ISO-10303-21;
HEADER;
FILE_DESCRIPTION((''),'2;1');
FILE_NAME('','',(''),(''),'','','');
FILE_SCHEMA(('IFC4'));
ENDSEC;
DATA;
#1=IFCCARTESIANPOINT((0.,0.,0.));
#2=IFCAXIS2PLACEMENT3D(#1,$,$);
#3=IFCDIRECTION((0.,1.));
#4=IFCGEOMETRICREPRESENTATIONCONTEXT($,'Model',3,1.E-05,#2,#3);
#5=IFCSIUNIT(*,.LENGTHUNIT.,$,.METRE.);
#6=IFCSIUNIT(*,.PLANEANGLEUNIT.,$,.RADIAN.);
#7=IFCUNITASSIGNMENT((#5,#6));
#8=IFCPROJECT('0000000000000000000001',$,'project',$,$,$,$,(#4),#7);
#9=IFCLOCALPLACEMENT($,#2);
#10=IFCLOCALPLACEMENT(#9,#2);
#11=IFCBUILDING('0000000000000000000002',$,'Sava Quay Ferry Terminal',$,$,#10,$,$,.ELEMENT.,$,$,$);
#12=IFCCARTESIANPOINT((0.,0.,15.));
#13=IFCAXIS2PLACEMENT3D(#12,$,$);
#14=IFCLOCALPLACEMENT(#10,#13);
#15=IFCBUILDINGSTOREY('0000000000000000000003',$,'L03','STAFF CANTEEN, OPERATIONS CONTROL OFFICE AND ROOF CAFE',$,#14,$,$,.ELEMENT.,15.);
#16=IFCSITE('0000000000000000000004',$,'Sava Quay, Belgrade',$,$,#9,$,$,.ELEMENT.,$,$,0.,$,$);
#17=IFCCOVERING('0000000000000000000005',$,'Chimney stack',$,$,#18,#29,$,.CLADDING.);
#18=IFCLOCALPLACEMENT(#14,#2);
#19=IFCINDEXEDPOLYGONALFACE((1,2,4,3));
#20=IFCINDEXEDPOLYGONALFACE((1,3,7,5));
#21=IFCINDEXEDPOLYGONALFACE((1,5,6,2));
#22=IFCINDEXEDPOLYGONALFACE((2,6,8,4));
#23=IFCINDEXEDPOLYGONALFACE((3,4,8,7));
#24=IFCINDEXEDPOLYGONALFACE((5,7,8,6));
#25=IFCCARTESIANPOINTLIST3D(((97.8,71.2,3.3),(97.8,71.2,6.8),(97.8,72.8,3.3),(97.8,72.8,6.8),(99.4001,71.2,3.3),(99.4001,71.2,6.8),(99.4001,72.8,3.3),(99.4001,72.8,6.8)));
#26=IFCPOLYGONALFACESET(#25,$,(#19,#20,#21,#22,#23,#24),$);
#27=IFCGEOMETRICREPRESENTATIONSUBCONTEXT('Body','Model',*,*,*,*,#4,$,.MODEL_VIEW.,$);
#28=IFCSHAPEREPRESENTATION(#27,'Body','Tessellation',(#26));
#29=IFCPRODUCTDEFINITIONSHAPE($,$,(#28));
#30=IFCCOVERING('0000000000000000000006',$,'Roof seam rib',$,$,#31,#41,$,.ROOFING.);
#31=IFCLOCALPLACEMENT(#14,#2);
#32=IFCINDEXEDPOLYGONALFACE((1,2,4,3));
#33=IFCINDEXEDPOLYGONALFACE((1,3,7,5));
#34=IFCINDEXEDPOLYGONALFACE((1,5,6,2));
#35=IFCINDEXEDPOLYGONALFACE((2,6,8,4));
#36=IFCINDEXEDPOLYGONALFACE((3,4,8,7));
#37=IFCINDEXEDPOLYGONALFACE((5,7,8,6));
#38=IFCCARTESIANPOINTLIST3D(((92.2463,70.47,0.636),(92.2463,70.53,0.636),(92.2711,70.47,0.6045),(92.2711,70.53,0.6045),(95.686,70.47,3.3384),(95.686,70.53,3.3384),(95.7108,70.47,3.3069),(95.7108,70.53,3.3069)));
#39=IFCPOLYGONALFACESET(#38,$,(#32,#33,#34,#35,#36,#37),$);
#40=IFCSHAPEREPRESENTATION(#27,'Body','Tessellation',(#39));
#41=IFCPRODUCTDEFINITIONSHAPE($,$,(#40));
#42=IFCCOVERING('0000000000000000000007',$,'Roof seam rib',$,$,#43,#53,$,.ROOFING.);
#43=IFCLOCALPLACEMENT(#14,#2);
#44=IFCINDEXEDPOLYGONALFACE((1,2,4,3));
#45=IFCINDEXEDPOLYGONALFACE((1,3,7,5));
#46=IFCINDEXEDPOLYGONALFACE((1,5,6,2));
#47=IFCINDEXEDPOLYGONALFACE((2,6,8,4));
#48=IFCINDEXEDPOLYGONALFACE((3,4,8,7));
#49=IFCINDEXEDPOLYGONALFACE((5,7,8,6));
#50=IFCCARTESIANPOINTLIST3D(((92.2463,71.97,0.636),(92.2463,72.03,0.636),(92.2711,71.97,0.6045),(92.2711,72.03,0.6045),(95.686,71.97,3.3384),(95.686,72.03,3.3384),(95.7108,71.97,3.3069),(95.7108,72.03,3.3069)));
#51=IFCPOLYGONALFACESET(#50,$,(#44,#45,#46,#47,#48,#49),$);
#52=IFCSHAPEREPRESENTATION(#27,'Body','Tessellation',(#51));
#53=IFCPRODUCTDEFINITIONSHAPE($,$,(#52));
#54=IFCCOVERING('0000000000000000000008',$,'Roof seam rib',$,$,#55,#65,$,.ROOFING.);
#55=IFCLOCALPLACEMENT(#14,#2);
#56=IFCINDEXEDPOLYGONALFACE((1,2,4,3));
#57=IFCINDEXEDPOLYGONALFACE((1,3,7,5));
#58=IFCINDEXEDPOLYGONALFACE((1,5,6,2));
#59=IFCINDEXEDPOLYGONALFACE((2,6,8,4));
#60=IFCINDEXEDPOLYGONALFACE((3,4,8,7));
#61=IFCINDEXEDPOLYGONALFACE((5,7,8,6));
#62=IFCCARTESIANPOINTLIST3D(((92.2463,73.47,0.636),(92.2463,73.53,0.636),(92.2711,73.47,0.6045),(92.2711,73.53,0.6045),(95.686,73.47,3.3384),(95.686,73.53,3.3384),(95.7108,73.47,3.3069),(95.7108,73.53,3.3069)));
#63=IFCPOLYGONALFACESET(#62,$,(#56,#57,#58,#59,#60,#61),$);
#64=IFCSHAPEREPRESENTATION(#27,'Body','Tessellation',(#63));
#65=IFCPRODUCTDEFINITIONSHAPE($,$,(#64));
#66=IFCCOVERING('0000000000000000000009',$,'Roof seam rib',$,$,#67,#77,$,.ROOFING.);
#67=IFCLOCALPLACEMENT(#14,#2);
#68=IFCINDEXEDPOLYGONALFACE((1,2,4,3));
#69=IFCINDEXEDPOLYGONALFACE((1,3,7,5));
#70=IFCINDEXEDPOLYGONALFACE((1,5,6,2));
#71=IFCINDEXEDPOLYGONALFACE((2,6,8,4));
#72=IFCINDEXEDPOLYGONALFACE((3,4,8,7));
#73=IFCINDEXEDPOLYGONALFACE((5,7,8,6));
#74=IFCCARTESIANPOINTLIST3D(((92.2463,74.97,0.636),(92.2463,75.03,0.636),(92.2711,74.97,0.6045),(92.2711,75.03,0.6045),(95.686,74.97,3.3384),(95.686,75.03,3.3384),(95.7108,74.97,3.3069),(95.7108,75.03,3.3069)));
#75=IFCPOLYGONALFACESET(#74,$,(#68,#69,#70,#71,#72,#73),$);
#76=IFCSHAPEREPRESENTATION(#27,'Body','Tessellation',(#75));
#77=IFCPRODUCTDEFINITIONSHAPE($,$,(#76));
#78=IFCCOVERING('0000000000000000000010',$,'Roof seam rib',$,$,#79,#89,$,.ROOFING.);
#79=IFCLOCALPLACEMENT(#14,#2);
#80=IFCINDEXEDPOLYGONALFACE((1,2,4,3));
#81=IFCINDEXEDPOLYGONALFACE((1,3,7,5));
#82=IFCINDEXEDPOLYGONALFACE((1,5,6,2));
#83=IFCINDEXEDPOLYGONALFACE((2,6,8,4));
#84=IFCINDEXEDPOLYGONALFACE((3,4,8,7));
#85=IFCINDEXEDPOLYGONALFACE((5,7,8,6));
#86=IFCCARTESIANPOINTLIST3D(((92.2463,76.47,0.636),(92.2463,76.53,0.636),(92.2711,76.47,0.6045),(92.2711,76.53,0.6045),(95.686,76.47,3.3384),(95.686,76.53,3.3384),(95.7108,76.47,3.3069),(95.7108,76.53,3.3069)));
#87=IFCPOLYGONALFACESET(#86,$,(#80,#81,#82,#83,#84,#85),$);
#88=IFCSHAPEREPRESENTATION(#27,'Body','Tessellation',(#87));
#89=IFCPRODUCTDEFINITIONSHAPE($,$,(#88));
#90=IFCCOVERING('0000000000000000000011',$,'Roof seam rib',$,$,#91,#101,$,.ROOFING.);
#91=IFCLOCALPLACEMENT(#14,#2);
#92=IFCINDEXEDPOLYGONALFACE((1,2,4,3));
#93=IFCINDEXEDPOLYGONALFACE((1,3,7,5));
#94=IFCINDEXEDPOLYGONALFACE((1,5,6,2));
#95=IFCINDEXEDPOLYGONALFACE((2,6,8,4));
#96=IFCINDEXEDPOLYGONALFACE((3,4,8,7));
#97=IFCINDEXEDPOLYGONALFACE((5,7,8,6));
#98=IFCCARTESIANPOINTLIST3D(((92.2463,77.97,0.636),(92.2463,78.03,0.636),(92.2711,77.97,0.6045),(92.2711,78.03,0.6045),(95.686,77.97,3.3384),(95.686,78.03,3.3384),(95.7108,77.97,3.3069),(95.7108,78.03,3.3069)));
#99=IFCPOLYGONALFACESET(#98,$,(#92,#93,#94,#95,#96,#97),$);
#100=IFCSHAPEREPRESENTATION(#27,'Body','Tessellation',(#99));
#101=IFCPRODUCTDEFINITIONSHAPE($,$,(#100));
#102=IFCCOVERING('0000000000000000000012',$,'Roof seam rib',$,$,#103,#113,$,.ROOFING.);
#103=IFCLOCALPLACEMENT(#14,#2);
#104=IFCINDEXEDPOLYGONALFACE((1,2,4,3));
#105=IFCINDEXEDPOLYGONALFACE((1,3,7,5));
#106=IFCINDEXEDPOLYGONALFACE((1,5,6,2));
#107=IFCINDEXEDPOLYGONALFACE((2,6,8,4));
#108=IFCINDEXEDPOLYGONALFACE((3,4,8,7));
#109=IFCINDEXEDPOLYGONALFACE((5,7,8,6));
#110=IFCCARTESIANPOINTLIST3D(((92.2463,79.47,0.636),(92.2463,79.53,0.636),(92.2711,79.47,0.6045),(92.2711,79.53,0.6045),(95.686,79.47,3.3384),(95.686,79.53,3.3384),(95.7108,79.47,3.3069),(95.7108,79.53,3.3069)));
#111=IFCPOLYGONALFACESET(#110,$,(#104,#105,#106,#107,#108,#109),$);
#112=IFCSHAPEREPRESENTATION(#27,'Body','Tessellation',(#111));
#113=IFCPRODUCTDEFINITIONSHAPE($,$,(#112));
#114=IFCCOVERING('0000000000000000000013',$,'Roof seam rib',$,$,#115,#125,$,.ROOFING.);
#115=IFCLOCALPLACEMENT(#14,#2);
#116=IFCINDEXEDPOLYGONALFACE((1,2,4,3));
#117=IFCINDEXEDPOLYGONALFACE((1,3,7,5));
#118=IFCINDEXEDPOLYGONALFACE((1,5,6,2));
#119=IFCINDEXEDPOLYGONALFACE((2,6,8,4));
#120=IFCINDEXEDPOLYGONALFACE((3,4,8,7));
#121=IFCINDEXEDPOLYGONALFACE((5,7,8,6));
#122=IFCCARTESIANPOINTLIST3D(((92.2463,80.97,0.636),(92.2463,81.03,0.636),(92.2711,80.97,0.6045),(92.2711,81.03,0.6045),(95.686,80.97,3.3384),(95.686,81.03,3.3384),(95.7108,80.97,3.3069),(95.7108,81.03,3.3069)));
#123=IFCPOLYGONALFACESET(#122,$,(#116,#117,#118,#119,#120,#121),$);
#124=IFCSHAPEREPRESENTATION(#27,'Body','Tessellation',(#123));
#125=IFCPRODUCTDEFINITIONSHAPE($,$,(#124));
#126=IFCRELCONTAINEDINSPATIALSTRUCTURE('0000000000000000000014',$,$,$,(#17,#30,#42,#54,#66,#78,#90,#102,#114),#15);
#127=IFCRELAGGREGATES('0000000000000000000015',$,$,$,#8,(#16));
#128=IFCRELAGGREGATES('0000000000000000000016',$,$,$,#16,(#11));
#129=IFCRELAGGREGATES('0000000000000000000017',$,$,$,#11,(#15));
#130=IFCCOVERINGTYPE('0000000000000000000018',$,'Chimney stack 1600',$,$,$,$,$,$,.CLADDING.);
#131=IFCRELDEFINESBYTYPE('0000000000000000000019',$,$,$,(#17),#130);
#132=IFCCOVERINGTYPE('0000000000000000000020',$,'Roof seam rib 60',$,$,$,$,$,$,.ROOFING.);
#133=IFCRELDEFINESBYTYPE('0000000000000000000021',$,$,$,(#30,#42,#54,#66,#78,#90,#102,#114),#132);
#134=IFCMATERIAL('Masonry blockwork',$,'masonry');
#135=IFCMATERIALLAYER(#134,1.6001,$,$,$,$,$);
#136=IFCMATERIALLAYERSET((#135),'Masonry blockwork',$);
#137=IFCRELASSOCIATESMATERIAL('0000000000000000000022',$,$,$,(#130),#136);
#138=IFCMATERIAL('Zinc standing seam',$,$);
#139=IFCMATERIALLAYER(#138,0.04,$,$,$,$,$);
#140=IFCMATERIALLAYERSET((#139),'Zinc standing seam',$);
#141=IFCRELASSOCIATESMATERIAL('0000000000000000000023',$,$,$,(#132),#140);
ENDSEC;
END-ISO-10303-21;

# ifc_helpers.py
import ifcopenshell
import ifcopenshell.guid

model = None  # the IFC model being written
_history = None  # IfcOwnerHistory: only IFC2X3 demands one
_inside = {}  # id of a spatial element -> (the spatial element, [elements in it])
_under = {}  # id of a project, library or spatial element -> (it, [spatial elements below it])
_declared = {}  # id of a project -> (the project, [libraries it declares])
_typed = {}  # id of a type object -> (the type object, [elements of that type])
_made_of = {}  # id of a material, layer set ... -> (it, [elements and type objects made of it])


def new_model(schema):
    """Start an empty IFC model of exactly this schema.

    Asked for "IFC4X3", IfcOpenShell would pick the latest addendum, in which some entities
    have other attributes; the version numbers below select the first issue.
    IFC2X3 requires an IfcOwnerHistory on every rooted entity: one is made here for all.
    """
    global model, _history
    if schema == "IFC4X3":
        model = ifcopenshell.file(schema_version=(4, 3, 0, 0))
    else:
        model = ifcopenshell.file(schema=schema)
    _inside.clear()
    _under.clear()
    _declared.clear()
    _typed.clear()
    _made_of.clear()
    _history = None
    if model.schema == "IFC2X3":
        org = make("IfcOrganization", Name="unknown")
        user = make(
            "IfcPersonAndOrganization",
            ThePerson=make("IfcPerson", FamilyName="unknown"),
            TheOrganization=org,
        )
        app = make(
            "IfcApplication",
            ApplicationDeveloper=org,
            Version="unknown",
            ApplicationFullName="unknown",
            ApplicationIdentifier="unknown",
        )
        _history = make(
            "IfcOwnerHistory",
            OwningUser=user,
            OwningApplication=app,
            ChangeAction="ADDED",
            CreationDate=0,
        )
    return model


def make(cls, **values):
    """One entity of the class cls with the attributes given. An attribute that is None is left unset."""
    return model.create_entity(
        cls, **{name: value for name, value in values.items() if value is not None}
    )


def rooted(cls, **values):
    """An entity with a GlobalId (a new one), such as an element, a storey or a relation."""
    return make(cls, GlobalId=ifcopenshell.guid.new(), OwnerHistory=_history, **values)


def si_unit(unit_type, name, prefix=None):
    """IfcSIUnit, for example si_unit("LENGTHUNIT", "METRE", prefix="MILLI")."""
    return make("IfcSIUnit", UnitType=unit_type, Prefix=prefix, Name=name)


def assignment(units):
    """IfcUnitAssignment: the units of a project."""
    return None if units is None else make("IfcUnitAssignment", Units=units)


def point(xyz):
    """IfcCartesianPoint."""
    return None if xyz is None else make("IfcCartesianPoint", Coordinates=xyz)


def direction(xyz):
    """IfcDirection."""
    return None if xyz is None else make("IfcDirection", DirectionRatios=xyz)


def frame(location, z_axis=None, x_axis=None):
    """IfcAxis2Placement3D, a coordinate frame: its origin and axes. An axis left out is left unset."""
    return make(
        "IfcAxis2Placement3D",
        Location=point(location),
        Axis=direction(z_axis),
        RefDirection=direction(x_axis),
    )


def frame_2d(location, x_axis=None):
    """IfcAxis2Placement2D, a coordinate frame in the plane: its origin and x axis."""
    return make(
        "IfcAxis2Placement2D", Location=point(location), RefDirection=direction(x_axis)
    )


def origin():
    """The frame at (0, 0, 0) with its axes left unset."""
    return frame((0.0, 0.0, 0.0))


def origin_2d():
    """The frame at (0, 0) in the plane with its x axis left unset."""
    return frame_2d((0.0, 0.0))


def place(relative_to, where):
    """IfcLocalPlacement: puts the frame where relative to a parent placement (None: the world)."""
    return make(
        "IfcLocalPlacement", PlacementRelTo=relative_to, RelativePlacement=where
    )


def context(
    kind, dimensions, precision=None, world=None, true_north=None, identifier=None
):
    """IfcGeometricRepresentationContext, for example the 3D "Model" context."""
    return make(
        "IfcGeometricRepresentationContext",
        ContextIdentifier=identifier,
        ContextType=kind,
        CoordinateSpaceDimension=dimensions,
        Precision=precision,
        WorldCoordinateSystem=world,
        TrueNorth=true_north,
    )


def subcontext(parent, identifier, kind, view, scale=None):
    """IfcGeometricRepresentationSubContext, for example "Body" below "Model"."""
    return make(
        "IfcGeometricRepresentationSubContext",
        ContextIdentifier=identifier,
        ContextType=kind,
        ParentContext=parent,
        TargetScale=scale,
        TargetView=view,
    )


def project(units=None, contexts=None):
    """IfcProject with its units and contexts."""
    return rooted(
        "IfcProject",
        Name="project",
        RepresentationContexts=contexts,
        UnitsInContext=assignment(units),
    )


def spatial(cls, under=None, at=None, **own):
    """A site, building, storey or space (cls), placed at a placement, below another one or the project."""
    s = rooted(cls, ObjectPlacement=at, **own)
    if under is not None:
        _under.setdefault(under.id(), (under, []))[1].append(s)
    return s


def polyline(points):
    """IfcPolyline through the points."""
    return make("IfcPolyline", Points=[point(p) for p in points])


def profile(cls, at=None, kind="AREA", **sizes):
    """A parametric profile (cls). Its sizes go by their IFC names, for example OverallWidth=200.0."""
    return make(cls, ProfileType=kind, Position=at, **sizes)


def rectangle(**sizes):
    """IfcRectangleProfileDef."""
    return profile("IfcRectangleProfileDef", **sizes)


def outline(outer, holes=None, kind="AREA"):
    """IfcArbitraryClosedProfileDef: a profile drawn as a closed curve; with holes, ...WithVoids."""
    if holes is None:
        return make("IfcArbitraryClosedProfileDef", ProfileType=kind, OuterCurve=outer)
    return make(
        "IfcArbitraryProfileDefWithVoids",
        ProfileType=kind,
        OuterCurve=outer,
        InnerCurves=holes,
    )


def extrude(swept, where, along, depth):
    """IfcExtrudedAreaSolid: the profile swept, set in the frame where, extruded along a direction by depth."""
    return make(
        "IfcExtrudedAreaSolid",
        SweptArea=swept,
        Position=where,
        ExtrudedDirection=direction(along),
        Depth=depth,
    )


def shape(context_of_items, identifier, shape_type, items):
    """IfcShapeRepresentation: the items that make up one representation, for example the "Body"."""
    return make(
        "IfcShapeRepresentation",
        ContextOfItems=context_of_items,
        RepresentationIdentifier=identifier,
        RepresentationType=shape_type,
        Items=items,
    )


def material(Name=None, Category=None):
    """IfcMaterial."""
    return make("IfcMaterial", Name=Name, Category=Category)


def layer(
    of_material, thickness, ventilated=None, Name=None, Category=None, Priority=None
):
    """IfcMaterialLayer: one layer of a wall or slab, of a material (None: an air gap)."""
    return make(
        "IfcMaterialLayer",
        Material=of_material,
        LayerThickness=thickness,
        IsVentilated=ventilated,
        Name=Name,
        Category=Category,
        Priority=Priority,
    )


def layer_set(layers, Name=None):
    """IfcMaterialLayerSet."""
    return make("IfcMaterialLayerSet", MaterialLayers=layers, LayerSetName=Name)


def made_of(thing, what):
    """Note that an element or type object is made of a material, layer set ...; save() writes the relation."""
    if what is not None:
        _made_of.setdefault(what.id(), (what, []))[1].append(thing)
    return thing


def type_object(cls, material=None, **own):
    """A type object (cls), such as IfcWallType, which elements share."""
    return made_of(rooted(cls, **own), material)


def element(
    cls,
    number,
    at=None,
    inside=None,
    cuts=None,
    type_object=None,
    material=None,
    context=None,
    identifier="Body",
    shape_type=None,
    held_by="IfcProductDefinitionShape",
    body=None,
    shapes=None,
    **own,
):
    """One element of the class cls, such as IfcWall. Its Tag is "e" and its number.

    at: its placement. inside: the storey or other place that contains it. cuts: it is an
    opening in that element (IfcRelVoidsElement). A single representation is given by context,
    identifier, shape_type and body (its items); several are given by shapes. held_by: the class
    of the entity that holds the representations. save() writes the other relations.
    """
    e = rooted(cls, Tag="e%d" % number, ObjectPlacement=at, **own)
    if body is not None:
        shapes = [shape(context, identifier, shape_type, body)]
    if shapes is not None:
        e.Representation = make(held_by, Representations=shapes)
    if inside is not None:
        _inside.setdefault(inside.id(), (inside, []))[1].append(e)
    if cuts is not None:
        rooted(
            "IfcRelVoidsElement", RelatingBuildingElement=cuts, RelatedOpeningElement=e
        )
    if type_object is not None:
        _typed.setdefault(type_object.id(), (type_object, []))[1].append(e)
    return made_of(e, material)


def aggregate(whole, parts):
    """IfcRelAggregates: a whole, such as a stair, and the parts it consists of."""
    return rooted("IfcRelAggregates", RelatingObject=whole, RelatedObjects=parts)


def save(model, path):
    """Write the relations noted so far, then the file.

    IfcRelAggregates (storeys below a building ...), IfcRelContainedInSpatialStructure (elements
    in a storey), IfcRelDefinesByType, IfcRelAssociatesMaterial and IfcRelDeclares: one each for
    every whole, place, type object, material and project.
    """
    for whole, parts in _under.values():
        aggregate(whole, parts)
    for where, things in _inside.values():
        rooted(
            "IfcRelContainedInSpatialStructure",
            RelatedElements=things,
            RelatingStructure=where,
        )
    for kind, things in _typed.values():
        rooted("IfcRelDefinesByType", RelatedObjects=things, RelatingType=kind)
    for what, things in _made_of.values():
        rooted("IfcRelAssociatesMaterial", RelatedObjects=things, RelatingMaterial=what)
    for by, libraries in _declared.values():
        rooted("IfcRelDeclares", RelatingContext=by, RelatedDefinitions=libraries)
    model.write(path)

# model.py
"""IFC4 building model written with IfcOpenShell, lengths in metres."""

from ifc_helpers import new_model, si_unit, direction, frame, origin, origin_2d, place, context, subcontext, project, spatial, polyline, rectangle, outline, extrude, material, layer, layer_set, type_object, element, save


model = new_model("IFC4")

# Units and contexts
model_context = context("Model", 3, precision=1e-05, world=origin(), true_north=direction((0.0, 1.0)))
body_context = subcontext(model_context, "Body", "Model", "MODEL_VIEW")
ifc_project = project(units=[si_unit("LENGTHUNIT", "METRE"), si_unit("PLANEANGLEUNIT", "RADIAN")], contexts=[model_context])

# Site, building, storey
site_placement = place(None, origin())
site = spatial("IfcSite", under=ifc_project, at=site_placement, Name="Sava Quay, Belgrade", CompositionType="ELEMENT", RefElevation=0.0)
building_placement = place(site_placement, origin())
building = spatial("IfcBuilding", under=site, at=building_placement, Name="Sava Quay Ferry Terminal", CompositionType="ELEMENT")
storey_placement = place(building_placement, frame((0.0, 0.0, 15.0)))
storey = spatial("IfcBuildingStorey", under=building, at=storey_placement, Name="L03", Description="STAFF CANTEEN, OPERATIONS CONTROL OFFICE AND ROOF CAFE", CompositionType="ELEMENT", Elevation=15.0)

# Coverings
ifc_material_1 = material(Name="Masonry blockwork", Category="masonry")
ifc_layer_1 = layer(ifc_material_1, 1.6001)
ifc_layer_set_1 = layer_set([ifc_layer_1], Name="Masonry blockwork")
covering_type_1 = type_object("IfcCoveringType", Name="Chimney stack 1600", PredefinedType="CLADDING", material=ifc_layer_set_1)
covering_1_placement = place(storey_placement, frame((98.6001, 72.0, 3.3), z_axis=(0.0, 0.0, 1.0), x_axis=(1.0, 0.0, 0.0)))
element("IfcCovering", 1, at=covering_1_placement, inside=storey, type_object=covering_type_1, Name="Chimney stack", PredefinedType="CLADDING", context=body_context, shape_type="SweptSolid", body=[
    extrude(rectangle(XDim=1.6001, YDim=1.6001, at=origin_2d()), origin(), (0.0, 0.0, 1.0), 3.5),
])
ifc_material_2 = material(Name="Zinc standing seam")
ifc_layer_2 = layer(ifc_material_2, 0.04)
ifc_layer_set_2 = layer_set([ifc_layer_2], Name="Zinc standing seam")
covering_type_2 = type_object("IfcCoveringType", Name="Roof seam rib 60", PredefinedType="ROOFING", material=ifc_layer_set_2)
for number, where, z_axis, x_axis, name in (
    (2, (92.2463, 70.53, 0.636), (-0.61779, 0.0, 0.786344), (0.786344, 0.0, 0.61779), "Roof seam rib"),
    (3, (92.2463, 72.03, 0.636), (-0.61779, 0.0, 0.786344), (0.786344, 0.0, 0.61779), "Roof seam rib"),
    (4, (92.2463, 73.53, 0.636), (-0.61779, 0.0, 0.786344), (0.786344, 0.0, 0.61779), "Roof seam rib"),
    (5, (92.2463, 75.03, 0.636), (-0.61779, 0.0, 0.786344), (0.786344, 0.0, 0.61779), "Roof seam rib"),
    (6, (92.2463, 76.53, 0.636), (-0.61779, 0.0, 0.786344), (0.786344, 0.0, 0.61779), "Roof seam rib"),
    (7, (92.2463, 78.03, 0.636), (-0.61779, 0.0, 0.786344), (0.786344, 0.0, 0.61779), "Roof seam rib"),
    (8, (92.2463, 79.53, 0.636), (-0.61779, 0.0, 0.786344), (0.786344, 0.0, 0.61779), "Roof seam rib"),
    (9, (92.2463, 81.03, 0.636), (-0.61779, 0.0, 0.786344), (0.786344, 0.0, 0.61779), "Roof seam rib"),
):
    element("IfcCovering", number, at=place(storey_placement, frame(where, z_axis=z_axis, x_axis=x_axis)), inside=storey, type_object=covering_type_2, Name=name, PredefinedType="ROOFING", context=body_context, shape_type="SweptSolid", body=[
        extrude(outline(polyline([(0.0, 0.0), (4.3743, 0.0), (4.3743, -0.0601), (0.0, -0.0601), (0.0, 0.0)])), origin(), (0.0, 0.0, -1.0), 0.04),
    ])

save(model, "model.ifc")
